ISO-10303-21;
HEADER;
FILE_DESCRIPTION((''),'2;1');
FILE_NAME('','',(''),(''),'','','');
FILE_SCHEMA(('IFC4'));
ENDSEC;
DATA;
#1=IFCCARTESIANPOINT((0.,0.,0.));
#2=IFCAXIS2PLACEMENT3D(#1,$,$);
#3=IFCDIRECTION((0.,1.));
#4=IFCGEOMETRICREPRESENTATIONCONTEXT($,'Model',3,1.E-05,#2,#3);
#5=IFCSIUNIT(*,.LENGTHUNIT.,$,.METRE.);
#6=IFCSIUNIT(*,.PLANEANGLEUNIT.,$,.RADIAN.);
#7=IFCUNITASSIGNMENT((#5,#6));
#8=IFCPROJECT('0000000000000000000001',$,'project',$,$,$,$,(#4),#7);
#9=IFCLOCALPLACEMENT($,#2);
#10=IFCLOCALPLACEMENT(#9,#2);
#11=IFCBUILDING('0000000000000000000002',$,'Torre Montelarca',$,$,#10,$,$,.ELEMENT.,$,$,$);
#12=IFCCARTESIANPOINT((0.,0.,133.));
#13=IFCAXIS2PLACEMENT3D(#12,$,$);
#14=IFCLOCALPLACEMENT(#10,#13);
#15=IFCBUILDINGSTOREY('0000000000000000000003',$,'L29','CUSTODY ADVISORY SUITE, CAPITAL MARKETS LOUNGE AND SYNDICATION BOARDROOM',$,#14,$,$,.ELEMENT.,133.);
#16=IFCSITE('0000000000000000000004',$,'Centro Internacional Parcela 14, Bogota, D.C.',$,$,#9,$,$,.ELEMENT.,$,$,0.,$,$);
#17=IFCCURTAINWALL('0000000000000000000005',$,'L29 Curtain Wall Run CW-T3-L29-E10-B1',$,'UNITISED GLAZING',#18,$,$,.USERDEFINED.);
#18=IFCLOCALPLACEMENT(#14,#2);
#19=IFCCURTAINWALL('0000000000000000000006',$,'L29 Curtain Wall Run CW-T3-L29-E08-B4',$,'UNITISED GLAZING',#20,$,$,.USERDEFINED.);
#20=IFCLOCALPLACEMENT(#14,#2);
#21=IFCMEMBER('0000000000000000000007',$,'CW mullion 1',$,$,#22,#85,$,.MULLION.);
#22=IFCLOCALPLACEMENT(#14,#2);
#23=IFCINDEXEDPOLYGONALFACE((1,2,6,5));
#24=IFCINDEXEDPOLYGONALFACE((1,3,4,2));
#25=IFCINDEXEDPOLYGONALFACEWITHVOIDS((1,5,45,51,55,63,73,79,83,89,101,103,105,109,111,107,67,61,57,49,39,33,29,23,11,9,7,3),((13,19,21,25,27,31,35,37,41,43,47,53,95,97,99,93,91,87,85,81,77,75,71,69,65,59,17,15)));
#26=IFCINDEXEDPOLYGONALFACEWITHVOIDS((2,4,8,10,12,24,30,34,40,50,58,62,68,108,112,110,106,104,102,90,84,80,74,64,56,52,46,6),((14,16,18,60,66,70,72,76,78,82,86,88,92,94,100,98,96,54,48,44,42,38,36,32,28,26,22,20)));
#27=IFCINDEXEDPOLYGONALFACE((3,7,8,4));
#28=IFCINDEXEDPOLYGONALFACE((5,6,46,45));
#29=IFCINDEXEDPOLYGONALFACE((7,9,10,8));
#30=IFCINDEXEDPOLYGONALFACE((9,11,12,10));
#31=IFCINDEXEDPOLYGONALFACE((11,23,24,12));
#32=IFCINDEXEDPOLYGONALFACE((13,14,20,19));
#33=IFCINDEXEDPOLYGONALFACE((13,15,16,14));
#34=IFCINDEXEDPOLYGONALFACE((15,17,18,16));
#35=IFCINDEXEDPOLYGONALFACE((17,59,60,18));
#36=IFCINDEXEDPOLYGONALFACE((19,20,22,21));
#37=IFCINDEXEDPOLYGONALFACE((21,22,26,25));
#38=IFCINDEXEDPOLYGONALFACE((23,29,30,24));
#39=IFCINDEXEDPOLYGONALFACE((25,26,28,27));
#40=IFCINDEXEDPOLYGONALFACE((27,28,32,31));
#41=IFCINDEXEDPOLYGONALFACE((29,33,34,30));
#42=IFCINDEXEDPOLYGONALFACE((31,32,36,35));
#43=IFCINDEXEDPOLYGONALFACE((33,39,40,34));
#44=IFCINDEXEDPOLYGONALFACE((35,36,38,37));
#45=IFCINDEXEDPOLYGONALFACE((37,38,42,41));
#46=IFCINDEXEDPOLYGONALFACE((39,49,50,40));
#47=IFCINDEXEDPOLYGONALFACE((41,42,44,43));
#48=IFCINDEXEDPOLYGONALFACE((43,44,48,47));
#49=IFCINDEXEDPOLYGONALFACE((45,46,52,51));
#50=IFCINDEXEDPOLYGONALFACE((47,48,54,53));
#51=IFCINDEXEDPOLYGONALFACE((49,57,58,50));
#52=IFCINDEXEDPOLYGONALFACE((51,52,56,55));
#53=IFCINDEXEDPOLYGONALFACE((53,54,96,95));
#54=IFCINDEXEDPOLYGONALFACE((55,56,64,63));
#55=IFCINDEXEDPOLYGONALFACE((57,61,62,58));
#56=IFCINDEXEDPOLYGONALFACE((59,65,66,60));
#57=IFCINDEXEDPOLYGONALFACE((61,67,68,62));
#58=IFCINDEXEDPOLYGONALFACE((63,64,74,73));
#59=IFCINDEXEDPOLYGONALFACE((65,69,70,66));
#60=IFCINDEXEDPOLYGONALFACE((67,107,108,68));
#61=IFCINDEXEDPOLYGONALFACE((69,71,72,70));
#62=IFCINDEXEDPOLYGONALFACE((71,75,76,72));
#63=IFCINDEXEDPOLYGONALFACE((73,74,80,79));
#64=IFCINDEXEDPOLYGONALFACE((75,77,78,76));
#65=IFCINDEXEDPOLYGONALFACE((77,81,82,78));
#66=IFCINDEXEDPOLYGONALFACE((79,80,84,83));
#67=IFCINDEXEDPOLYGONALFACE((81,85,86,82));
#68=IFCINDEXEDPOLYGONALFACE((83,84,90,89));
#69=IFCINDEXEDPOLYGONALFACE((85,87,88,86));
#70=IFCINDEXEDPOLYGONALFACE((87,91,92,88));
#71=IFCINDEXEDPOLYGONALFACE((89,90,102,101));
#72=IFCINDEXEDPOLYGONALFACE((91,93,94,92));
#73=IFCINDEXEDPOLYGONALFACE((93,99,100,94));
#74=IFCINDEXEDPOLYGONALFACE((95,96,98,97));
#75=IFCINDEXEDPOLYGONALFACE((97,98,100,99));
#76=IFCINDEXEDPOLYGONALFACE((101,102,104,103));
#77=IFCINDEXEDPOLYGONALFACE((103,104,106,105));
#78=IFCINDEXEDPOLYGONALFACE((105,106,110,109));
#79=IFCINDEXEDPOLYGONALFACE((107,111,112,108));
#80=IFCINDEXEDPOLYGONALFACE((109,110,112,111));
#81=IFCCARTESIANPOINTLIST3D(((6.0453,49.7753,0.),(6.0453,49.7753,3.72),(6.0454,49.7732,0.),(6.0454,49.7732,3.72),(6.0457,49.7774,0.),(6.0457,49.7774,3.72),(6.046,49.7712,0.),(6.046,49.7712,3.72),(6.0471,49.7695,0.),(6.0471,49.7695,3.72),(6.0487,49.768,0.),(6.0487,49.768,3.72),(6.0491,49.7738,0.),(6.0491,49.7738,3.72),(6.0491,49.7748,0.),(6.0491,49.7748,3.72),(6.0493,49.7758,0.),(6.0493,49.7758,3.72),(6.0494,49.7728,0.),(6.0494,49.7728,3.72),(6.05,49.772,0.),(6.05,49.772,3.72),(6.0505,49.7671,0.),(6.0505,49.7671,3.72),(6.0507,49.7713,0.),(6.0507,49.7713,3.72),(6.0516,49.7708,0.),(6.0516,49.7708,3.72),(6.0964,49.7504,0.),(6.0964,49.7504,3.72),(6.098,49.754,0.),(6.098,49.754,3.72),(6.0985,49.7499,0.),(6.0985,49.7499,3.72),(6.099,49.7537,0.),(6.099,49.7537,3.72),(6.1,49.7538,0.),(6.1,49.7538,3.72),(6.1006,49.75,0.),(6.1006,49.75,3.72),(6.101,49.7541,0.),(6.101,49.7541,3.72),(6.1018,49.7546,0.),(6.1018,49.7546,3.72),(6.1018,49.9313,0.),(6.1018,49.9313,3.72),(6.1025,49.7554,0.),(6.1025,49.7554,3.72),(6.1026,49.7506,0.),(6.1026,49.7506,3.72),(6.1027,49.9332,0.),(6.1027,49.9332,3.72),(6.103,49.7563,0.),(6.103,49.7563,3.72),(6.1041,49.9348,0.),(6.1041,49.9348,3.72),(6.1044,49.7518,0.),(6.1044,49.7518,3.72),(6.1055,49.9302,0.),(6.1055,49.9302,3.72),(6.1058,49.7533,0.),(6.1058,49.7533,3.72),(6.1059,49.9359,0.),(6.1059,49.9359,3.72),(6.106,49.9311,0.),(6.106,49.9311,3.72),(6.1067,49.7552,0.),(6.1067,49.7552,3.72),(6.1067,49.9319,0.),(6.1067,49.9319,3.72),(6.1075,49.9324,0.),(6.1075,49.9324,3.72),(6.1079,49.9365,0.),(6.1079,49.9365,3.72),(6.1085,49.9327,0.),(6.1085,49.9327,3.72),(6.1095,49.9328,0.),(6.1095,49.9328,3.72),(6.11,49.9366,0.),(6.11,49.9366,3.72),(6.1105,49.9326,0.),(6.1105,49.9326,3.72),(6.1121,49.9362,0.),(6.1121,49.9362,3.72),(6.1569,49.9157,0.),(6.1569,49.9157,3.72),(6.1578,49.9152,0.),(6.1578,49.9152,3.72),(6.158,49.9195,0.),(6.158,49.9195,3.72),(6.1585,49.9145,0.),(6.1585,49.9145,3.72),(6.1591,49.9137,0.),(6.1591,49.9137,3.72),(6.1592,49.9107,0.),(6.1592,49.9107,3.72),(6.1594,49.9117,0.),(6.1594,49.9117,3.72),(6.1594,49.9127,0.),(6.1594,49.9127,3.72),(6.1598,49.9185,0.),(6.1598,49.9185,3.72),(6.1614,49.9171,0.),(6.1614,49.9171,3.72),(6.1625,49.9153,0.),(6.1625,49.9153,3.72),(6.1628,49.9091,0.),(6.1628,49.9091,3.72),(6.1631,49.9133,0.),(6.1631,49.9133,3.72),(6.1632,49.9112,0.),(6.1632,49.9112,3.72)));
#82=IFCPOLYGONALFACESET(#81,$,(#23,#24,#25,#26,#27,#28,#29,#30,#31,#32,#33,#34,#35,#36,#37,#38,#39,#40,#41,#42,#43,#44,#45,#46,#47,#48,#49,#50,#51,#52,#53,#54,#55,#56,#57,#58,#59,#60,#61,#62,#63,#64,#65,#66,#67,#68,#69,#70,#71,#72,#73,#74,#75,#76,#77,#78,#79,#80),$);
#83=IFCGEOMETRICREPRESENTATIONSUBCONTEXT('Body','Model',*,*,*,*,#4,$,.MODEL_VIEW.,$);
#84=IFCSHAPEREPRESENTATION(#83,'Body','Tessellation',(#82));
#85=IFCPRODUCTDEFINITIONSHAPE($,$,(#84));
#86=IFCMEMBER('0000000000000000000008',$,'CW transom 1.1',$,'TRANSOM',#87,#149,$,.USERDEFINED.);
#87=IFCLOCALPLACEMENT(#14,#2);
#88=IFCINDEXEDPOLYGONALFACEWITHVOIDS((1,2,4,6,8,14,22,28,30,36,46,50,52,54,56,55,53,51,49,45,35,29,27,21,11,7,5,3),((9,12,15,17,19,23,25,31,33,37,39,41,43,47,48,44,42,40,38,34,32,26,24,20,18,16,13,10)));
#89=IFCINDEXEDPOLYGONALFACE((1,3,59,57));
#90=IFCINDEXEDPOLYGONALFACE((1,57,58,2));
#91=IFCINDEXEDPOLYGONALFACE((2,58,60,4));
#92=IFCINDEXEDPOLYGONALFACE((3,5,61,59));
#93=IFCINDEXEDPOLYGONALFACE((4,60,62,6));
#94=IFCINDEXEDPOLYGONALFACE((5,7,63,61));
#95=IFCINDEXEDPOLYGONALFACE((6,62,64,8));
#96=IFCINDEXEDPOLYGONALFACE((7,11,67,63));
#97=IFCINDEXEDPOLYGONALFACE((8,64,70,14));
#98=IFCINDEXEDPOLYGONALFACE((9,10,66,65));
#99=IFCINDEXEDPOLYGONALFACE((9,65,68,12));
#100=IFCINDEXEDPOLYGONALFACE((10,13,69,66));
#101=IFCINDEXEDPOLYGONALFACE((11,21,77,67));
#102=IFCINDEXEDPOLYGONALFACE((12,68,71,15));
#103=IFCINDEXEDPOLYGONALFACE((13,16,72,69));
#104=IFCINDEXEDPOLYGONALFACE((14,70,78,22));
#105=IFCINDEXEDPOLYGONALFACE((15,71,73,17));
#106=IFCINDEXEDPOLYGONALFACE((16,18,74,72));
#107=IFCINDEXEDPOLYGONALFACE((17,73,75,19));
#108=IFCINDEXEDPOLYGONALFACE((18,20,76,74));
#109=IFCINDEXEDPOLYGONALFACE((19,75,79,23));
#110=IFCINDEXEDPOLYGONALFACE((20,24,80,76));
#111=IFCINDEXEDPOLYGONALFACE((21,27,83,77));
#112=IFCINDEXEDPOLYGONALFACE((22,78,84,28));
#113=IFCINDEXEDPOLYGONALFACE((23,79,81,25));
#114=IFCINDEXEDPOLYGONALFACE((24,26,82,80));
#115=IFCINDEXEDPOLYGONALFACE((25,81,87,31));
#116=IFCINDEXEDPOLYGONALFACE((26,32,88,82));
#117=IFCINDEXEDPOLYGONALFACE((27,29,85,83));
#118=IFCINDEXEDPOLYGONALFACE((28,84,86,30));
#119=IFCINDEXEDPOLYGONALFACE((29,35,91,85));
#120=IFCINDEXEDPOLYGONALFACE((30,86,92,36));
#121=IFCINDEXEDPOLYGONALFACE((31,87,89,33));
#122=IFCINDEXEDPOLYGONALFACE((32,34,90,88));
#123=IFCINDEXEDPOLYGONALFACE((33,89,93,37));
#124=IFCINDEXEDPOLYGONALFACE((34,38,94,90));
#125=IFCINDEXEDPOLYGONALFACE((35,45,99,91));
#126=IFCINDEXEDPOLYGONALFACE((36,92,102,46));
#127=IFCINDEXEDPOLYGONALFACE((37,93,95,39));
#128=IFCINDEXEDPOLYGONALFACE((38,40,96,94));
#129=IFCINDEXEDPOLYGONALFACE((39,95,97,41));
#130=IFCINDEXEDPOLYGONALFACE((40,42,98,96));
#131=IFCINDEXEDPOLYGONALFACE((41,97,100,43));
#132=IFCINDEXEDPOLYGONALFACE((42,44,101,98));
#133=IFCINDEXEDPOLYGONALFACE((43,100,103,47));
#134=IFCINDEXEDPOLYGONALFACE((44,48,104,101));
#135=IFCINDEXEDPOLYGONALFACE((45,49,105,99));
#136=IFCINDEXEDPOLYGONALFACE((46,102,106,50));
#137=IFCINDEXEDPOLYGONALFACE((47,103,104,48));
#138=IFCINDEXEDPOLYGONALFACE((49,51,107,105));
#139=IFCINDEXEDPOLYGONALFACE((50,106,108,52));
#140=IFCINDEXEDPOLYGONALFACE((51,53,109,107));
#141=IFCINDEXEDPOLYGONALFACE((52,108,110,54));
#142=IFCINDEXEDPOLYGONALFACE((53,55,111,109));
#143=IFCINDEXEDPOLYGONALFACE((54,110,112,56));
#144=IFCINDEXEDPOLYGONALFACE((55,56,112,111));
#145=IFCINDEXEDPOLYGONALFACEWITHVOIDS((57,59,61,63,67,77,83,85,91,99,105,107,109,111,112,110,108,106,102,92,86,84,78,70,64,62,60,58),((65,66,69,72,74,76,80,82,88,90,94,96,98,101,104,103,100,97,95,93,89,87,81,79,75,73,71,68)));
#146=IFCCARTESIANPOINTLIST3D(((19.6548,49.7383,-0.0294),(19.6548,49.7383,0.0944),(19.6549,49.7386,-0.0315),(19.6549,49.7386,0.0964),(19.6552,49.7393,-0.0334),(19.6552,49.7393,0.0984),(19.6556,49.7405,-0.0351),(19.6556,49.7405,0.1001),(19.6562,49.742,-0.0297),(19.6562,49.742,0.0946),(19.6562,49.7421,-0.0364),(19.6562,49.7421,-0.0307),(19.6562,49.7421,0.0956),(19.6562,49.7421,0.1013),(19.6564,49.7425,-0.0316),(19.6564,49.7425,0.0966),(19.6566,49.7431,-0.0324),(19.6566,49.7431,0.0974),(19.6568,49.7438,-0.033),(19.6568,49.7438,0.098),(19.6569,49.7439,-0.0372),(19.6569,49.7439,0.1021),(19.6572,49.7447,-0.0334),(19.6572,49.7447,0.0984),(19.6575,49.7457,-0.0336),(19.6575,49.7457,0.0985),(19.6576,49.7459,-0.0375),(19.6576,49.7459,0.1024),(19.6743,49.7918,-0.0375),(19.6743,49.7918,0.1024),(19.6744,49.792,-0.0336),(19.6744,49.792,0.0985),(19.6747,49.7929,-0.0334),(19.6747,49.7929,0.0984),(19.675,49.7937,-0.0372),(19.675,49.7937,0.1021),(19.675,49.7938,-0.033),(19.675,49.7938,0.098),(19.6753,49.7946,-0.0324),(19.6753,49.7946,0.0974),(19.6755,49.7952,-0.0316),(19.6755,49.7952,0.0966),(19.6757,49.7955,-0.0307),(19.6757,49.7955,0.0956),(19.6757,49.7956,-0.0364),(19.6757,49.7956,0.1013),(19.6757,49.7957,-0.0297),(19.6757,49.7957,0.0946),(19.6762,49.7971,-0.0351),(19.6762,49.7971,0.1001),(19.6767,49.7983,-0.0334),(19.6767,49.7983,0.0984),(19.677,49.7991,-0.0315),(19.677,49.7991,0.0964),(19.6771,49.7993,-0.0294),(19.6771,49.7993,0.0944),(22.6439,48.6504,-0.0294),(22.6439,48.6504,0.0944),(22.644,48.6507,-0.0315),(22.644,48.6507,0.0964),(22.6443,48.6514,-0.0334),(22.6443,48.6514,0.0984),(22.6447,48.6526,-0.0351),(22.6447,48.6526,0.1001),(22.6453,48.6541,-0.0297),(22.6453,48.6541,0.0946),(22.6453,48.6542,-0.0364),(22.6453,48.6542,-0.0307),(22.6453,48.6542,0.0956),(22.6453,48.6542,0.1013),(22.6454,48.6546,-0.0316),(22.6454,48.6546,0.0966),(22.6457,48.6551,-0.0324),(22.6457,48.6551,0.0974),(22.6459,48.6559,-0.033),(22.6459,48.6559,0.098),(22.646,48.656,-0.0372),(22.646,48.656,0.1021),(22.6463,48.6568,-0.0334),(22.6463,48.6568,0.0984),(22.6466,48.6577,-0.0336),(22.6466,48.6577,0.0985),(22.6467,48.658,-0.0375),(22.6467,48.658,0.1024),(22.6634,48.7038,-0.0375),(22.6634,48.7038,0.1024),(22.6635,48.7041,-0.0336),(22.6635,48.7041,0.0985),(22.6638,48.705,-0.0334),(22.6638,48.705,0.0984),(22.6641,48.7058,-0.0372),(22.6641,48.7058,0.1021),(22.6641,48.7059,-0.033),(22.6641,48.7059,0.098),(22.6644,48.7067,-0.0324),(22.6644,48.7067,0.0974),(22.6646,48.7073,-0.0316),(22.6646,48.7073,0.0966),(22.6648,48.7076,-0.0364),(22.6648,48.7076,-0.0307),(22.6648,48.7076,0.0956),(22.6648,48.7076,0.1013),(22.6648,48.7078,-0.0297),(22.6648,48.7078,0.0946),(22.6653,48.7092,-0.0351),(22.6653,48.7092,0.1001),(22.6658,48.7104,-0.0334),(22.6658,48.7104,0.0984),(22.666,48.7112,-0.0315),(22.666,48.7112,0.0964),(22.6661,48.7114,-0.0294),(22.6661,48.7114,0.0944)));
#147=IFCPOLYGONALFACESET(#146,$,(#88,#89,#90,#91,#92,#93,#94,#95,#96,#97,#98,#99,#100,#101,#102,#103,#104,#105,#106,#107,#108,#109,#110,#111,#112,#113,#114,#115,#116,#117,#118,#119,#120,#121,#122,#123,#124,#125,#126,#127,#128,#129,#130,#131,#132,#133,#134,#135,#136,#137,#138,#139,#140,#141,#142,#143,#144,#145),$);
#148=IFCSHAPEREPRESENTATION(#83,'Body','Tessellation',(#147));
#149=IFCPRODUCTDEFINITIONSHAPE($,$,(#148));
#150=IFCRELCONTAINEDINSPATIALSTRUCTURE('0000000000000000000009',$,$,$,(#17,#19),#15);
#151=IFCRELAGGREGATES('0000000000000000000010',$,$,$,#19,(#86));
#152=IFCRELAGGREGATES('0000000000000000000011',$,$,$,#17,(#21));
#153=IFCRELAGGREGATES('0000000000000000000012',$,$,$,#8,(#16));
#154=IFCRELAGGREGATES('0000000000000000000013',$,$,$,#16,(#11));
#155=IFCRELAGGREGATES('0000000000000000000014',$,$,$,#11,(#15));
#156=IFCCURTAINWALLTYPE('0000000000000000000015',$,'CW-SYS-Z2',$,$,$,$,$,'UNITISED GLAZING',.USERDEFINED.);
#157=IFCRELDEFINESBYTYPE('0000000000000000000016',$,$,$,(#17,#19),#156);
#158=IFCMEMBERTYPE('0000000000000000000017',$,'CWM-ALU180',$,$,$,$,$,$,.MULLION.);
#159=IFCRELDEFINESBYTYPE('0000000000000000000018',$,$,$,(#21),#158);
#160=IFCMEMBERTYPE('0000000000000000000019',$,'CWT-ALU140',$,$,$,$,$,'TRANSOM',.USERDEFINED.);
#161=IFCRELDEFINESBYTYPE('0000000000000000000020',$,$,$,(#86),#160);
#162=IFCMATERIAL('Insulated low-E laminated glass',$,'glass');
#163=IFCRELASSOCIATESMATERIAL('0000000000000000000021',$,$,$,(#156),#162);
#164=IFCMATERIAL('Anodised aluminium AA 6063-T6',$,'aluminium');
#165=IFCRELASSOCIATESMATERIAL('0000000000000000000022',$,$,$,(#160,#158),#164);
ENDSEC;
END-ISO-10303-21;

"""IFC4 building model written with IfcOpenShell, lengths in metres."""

from ifc_helpers import new_model, si_unit, direction, frame, origin, origin_2d, place, context, subcontext, project, spatial, hollow_rectangle, extrude, source, transform, mapped, material, material_profile, profile_set, type_object, element, aggregate, save


model = new_model("IFC4")

# Units and contexts
model_context = context("Model", 3, precision=1e-05, world=origin(), true_north=direction((0.0, 1.0)))
body_context = subcontext(model_context, "Body", "Model", "MODEL_VIEW")
ifc_project = project(units=[si_unit("LENGTHUNIT", "METRE"), si_unit("PLANEANGLEUNIT", "RADIAN")], contexts=[model_context])

# Site, building, storey
site_placement = place(None, origin())
site = spatial("IfcSite", under=ifc_project, at=site_placement, Name="Centro Internacional Parcela 14, Bogota, D.C.", CompositionType="ELEMENT", RefElevation=0.0)
building_placement = place(site_placement, origin())
building = spatial("IfcBuilding", under=site, at=building_placement, Name="Torre Montelarca", CompositionType="ELEMENT")
storey_placement = place(building_placement, frame((0.0, 0.0, 133.0)))
storey = spatial("IfcBuildingStorey", under=building, at=storey_placement, Name="L29", Description="CUSTODY ADVISORY SUITE, CAPITAL MARKETS LOUNGE AND SYNDICATION BOARDROOM", CompositionType="ELEMENT", Elevation=133.0)

# Curtain walls
ifc_material_1 = material(Name="Insulated low-E laminated glass", Category="glass")
curtain_wall_type = type_object("IfcCurtainWallType", Name="CW-SYS-Z2", ElementType="UNITISED GLAZING", PredefinedType="USERDEFINED", material=ifc_material_1)
ifc_material_2 = material(Name="Anodised aluminium AA 6063-T6", Category="aluminium")
ifc_material_profile_1 = material_profile(ifc_material_2, hollow_rectangle(XDim=0.0649, YDim=0.1399, WallThickness=0.0039, InnerFilletRadius=0.0039, OuterFilletRadius=0.0081, at=origin_2d()), Name="ALU65X140X4", Category="aluminium")
ifc_profile_set_1 = profile_set([ifc_material_profile_1], Name="Anodised aluminium AA 6063-T6")
member_type_1 = type_object("IfcMemberType", Name="CWT-ALU140", ElementType="TRANSOM", PredefinedType="USERDEFINED", material=ifc_profile_set_1)
curtain_wall_1_placement = place(storey_placement, origin())
curtain_wall_1 = element("IfcCurtainWall", 1, at=curtain_wall_1_placement, inside=storey, type_object=curtain_wall_type, Name="L29 Curtain Wall Run CW-T3-L29-E10-B1", ObjectType="UNITISED GLAZING", PredefinedType="USERDEFINED")
curtain_wall_2_placement = place(storey_placement, origin())
curtain_wall_2 = element("IfcCurtainWall", 2, at=curtain_wall_2_placement, inside=storey, type_object=curtain_wall_type, Name="L29 Curtain Wall Run CW-T3-L29-E08-B4", ObjectType="UNITISED GLAZING", PredefinedType="USERDEFINED")
ifc_material_profile_2 = material_profile(ifc_material_2, hollow_rectangle(XDim=0.0649, YDim=0.1799, WallThickness=0.0039, InnerFilletRadius=0.0039, OuterFilletRadius=0.0081, at=origin_2d()), Name="ALU65X180X4", Category="aluminium")
ifc_profile_set_2 = profile_set([ifc_material_profile_2], Name="Anodised aluminium AA 6063-T6")
member_type_2 = type_object("IfcMemberType", Name="CWM-ALU180", PredefinedType="MULLION", material=ifc_profile_set_2)
shared_shape_1 = source(origin(), body_context, "Body", "SweptSolid", [
    extrude(hollow_rectangle(XDim=0.0649, YDim=0.1799, WallThickness=0.0039, InnerFilletRadius=0.0039, OuterFilletRadius=0.0081, at=origin_2d()), origin(), (0.0, 0.0, 1.0), 3.72),
])

# Members
member_1_placement = place(storey_placement, frame((6.1042, 49.8433, 0.0), z_axis=(0.0, 0.0, 1.0), x_axis=(0.939693, -0.342019, 0.0)))
member_1 = element("IfcMember", 3, at=member_1_placement, type_object=member_type_2, Name="CW mullion 1", PredefinedType="MULLION", context=body_context, shape_type="MappedRepresentation", body=[
    mapped(shared_shape_1, transform((0.0, 0.0, 0.0), scale=1.0)),
])
shared_shape_2 = source(origin(), body_context, "Body", "SweptSolid", [
    extrude(hollow_rectangle(XDim=0.0649, YDim=0.1399, WallThickness=0.0039, InnerFilletRadius=0.0039, OuterFilletRadius=0.0081, at=origin_2d()), origin(), (0.0, 0.0, 1.0), 3.1809),
])
member_2_placement = place(storey_placement, frame((22.655, 48.6809, 0.0325), z_axis=(-0.939695, 0.342014, 0.0), x_axis=(-0.342014, -0.939695, 0.0)))
member_2 = element("IfcMember", 4, at=member_2_placement, type_object=member_type_1, Name="CW transom 1.1", ObjectType="TRANSOM", PredefinedType="USERDEFINED", context=body_context, shape_type="MappedRepresentation", body=[
    mapped(shared_shape_2, transform((0.0, 0.0, 0.0), scale=1.0)),
])

aggregate(curtain_wall_2, [member_2])
aggregate(curtain_wall_1, [member_1])

save(model, "model.ifc")
